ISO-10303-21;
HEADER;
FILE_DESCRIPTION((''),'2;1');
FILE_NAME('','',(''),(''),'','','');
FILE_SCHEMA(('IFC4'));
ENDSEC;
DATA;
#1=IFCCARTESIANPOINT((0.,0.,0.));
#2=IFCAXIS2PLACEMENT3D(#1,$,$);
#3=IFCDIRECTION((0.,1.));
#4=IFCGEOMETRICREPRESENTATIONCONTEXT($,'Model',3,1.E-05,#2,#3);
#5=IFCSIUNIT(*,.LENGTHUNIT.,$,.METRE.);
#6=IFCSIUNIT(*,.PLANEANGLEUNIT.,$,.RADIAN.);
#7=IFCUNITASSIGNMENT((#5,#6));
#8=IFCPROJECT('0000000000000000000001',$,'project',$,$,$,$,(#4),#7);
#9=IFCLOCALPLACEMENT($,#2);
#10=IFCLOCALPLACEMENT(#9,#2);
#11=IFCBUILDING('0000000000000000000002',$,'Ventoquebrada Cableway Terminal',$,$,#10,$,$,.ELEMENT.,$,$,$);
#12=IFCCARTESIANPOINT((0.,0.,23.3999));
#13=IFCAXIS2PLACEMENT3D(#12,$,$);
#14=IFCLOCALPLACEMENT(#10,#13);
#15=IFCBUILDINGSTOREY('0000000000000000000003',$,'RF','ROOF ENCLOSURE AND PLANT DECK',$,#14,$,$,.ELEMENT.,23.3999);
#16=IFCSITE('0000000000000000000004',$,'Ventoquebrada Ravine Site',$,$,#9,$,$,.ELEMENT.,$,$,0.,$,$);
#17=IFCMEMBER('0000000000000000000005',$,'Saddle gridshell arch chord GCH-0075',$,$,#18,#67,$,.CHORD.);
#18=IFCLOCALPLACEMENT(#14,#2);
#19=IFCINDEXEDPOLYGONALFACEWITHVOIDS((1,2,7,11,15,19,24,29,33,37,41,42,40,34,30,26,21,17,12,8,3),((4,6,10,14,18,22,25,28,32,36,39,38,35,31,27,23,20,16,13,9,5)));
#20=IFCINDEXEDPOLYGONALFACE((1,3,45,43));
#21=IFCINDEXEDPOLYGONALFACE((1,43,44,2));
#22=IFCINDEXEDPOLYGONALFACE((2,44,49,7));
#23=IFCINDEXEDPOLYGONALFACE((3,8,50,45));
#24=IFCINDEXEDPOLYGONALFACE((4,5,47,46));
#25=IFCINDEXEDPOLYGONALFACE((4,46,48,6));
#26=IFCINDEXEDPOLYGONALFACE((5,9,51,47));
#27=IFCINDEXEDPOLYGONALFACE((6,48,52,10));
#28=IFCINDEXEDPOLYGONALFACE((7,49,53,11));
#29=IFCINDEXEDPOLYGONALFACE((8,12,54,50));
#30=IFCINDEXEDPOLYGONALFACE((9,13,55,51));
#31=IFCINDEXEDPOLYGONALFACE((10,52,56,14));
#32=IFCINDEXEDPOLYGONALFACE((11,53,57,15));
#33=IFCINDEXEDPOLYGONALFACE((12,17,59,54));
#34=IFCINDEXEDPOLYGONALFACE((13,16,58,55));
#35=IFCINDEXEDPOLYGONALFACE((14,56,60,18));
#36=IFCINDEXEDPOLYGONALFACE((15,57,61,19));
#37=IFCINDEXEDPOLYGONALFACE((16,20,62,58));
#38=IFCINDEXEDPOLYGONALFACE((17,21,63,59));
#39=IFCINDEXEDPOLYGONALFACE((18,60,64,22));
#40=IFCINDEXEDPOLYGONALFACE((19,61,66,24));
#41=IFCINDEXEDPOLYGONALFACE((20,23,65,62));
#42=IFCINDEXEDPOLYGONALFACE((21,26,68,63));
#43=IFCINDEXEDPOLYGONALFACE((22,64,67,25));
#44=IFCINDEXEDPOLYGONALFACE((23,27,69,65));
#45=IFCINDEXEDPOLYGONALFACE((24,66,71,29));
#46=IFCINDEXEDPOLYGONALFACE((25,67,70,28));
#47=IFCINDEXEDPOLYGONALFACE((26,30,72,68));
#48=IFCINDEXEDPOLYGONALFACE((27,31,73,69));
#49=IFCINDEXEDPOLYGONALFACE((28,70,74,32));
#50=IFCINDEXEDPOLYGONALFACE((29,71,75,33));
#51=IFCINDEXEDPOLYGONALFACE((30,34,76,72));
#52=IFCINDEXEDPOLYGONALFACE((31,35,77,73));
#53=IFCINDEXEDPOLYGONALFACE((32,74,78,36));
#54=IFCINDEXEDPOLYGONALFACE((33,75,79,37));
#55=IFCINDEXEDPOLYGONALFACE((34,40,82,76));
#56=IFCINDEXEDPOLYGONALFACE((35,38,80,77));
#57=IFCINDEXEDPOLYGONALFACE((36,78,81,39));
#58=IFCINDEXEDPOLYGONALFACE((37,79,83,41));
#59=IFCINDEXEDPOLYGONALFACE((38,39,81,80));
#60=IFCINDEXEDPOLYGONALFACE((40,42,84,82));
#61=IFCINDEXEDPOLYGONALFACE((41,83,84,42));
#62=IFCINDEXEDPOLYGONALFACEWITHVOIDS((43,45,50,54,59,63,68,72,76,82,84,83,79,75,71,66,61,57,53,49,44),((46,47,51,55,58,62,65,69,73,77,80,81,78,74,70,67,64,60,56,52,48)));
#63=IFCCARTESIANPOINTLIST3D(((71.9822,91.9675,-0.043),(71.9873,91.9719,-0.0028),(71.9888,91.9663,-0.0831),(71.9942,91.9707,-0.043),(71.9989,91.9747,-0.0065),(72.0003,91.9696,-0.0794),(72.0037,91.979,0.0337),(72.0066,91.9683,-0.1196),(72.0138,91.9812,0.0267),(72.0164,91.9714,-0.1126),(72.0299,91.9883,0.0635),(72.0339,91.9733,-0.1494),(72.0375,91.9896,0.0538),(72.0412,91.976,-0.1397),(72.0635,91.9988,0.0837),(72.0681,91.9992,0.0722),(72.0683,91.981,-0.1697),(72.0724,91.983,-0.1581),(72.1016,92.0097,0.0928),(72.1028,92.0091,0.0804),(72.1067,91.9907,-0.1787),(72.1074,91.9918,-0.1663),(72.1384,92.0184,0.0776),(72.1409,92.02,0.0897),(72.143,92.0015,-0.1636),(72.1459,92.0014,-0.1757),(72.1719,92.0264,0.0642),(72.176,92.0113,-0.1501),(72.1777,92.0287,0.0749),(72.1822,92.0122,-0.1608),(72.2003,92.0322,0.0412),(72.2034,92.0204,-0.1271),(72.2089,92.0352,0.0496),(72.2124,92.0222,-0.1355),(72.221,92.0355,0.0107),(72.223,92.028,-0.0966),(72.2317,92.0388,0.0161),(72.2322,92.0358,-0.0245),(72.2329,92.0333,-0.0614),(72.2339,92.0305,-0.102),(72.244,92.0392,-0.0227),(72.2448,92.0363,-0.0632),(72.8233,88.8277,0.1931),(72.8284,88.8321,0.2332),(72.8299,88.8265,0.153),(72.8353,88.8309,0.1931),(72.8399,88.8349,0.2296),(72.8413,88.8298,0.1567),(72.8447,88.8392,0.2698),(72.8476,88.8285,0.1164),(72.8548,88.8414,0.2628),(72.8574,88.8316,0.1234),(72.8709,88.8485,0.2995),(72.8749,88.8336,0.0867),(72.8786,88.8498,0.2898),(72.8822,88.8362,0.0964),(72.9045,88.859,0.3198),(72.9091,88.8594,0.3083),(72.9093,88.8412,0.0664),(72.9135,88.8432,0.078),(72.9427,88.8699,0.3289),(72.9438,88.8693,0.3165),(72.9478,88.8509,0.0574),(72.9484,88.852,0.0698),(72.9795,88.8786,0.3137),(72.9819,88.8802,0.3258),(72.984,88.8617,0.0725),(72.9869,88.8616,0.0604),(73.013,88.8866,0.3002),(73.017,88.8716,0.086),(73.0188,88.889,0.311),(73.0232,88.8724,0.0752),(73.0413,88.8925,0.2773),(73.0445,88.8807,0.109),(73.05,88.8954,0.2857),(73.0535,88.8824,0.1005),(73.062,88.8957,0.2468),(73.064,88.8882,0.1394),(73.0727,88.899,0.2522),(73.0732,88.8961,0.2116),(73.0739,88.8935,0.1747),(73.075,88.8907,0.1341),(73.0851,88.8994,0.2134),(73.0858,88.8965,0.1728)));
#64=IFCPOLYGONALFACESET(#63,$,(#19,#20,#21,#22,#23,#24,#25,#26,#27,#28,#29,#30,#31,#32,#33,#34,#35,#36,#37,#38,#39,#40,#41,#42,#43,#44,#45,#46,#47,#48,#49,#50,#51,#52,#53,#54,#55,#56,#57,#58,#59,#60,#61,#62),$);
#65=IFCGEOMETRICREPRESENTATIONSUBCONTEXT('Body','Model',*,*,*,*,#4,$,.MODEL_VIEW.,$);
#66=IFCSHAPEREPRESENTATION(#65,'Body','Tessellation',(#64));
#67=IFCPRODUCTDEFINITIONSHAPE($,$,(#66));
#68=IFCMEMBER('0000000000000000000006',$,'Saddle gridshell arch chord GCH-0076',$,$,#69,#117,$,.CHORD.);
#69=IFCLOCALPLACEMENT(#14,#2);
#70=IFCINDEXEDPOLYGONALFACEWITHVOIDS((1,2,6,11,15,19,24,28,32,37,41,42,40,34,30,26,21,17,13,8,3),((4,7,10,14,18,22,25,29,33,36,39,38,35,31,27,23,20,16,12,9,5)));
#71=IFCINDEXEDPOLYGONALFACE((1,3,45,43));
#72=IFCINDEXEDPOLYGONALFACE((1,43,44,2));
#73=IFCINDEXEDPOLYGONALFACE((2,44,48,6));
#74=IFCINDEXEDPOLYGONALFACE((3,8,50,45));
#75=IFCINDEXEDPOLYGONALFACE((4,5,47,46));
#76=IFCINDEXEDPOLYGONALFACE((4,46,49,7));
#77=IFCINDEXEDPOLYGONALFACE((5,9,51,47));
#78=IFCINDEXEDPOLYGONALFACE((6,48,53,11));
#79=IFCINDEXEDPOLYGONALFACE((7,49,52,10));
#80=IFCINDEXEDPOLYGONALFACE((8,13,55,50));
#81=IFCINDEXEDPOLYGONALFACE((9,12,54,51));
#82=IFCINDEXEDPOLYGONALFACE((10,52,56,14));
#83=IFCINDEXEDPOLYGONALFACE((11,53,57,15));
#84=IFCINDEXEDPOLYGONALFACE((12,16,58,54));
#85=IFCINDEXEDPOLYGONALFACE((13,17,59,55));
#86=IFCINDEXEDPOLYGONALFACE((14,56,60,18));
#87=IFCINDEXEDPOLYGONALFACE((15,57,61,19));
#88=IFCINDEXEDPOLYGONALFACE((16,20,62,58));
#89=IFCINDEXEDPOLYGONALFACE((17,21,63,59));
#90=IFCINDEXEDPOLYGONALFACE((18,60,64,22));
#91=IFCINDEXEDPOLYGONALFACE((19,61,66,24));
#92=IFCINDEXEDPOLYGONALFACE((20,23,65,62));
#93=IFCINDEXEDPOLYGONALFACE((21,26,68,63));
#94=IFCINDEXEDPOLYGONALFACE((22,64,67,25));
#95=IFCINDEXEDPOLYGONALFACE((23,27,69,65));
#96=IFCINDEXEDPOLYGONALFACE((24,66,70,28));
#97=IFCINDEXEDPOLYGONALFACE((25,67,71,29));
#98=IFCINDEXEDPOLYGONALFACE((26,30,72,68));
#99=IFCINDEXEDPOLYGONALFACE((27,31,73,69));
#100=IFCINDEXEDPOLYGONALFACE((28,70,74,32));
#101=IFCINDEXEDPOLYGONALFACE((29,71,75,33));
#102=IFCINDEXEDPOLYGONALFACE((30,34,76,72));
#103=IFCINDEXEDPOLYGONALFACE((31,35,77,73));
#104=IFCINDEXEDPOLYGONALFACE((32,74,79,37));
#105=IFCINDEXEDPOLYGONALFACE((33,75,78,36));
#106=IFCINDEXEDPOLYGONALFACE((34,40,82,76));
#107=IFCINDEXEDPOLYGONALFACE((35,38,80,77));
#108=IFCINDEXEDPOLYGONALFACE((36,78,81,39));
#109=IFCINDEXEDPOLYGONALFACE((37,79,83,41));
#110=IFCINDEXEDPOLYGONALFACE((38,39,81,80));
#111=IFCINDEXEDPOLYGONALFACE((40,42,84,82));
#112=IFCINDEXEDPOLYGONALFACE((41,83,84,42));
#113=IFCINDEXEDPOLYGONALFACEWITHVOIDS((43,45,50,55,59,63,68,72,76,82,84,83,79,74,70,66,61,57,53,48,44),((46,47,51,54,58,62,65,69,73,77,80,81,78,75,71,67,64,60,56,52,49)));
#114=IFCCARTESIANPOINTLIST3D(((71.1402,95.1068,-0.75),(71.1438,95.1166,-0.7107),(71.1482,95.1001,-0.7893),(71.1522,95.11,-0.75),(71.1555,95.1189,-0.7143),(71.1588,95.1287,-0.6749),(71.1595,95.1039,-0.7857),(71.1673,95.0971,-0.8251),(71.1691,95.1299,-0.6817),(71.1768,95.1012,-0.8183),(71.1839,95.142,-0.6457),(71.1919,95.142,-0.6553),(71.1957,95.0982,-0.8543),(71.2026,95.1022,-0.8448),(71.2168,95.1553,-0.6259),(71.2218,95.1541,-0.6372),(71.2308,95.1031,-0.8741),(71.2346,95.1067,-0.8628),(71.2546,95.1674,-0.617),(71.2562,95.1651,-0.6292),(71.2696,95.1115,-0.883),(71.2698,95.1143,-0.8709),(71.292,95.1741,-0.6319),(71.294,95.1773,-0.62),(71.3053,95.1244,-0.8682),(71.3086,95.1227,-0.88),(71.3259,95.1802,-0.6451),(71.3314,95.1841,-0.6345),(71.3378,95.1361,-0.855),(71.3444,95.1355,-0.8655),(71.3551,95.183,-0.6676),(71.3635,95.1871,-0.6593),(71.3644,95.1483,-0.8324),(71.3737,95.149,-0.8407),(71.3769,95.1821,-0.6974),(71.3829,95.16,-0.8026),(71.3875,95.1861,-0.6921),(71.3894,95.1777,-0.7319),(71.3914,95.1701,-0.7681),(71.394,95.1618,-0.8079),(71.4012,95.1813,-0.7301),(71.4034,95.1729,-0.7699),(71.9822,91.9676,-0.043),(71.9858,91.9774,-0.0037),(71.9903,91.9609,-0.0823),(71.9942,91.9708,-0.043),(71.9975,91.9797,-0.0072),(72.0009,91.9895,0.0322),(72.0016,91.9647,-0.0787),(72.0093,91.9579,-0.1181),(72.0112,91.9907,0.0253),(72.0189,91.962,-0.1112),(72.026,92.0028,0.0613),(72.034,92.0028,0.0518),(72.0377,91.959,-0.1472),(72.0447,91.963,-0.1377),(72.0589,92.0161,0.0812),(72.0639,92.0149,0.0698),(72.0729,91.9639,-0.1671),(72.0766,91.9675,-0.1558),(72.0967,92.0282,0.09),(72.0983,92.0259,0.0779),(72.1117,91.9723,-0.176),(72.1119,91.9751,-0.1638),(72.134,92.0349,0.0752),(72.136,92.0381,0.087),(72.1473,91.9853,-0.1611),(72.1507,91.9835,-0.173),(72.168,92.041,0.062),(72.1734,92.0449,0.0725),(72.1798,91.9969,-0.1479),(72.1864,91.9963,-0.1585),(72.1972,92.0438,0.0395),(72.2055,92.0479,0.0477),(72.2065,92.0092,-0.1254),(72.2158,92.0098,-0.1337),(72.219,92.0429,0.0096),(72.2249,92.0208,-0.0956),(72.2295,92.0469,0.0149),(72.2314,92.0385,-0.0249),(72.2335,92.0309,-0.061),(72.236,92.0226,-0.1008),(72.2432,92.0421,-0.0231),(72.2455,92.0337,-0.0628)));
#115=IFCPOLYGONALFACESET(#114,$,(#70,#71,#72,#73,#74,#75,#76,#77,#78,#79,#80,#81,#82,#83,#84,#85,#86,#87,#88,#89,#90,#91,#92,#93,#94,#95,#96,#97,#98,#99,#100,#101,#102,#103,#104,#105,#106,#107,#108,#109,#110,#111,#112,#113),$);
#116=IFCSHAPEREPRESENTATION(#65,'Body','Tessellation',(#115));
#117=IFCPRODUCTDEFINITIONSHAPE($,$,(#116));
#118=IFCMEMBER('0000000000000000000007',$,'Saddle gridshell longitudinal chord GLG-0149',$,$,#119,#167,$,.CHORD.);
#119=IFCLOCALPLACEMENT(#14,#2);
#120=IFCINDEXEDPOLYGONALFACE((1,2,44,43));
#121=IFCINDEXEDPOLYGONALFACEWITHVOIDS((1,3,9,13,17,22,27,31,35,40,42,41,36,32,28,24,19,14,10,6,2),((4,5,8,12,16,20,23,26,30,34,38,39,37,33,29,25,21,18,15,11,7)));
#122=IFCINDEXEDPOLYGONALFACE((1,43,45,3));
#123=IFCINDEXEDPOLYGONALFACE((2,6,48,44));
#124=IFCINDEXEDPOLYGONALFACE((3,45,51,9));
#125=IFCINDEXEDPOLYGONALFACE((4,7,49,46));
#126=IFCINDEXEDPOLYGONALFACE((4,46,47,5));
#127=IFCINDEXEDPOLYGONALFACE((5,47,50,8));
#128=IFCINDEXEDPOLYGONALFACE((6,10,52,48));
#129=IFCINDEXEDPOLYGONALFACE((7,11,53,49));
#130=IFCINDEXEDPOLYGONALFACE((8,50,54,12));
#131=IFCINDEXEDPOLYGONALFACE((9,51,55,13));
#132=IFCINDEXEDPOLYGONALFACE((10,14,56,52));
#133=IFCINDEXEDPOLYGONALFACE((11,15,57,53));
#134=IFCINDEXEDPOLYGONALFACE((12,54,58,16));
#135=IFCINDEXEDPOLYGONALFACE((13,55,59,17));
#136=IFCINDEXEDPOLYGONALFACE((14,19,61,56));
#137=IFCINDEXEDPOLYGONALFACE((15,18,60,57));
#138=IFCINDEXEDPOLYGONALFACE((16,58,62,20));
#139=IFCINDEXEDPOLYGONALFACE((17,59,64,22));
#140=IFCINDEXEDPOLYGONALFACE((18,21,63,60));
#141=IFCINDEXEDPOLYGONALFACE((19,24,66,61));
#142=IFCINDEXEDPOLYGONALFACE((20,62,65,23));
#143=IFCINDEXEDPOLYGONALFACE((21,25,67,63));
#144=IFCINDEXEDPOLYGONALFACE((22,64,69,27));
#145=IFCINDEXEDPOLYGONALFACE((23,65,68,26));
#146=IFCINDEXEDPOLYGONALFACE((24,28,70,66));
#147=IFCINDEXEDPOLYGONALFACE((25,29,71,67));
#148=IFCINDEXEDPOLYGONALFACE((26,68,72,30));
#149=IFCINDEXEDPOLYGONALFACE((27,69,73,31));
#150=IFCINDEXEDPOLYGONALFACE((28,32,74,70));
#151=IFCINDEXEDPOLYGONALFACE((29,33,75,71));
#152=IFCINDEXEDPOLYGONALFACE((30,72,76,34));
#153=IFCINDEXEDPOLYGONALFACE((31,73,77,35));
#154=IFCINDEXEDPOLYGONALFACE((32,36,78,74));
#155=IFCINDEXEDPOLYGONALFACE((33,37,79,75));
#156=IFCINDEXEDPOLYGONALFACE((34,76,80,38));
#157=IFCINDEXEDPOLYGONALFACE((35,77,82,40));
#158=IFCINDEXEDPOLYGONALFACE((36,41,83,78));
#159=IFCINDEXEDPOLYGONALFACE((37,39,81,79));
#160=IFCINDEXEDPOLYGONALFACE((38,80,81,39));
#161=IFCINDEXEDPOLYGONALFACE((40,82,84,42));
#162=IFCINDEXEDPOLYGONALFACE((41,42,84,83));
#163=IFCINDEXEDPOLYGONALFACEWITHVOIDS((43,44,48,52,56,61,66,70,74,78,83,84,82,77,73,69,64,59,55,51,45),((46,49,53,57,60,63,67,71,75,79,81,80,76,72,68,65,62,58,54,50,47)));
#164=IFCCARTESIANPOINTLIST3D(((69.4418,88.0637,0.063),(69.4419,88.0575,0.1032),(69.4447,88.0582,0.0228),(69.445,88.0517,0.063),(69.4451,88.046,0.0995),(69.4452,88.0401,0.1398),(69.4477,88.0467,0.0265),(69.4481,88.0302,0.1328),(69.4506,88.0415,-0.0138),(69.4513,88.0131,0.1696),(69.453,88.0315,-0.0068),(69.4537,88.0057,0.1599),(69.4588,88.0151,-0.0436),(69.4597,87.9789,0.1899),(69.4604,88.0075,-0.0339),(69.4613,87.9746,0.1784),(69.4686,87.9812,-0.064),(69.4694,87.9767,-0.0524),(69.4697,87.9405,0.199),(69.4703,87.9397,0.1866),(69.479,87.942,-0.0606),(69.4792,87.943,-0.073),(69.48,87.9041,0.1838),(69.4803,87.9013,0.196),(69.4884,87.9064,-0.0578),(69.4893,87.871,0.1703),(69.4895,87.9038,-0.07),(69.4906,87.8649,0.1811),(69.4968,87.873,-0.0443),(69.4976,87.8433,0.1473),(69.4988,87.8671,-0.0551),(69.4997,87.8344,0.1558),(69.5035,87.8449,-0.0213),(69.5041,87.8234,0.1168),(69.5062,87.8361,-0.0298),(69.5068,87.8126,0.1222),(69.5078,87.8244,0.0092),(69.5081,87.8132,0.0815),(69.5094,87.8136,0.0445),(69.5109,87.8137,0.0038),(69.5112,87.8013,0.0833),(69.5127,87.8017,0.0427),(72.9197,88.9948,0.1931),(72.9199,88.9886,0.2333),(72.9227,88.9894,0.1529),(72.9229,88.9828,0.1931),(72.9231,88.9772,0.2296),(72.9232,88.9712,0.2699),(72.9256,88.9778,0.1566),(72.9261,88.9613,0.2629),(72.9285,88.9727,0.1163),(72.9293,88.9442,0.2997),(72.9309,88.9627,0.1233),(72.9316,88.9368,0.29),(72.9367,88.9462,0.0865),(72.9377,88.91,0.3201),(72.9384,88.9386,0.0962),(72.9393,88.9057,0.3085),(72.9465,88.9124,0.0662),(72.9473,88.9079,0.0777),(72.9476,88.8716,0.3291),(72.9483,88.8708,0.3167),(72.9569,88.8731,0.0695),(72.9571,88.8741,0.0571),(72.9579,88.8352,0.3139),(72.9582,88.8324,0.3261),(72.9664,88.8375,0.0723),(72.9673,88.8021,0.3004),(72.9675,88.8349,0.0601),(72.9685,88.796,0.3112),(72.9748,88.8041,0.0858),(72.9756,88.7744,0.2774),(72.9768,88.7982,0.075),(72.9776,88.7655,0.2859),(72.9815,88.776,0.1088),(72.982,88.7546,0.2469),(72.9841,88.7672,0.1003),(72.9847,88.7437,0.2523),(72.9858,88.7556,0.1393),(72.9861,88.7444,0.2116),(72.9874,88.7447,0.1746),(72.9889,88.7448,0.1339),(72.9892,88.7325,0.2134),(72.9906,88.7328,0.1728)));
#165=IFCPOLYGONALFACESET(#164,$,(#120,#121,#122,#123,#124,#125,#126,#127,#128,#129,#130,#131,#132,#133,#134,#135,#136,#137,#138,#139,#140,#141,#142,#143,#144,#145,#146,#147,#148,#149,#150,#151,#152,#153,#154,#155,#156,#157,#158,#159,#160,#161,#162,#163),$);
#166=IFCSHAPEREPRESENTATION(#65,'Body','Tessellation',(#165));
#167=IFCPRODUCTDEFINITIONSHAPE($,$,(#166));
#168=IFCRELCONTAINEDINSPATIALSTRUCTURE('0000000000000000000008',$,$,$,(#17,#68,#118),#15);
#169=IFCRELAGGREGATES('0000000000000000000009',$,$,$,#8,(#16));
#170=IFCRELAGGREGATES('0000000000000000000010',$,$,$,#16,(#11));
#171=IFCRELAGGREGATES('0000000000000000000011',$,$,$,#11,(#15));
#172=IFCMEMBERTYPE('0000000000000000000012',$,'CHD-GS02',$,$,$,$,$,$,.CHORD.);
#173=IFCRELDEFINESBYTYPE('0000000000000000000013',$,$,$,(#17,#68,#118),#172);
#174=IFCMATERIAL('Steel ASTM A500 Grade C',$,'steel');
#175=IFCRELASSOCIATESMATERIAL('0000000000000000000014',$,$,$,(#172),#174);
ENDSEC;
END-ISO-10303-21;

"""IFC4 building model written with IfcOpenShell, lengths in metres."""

from ifc_helpers import new_model, si_unit, direction, frame, origin, origin_2d, place, context, subcontext, project, spatial, hollow_circle, extrude, material, material_profile, profile_set, type_object, element, save


model = new_model("IFC4")

# Units and contexts
model_context = context("Model", 3, precision=1e-05, world=origin(), true_north=direction((0.0, 1.0)))
body_context = subcontext(model_context, "Body", "Model", "MODEL_VIEW")
ifc_project = project(units=[si_unit("LENGTHUNIT", "METRE"), si_unit("PLANEANGLEUNIT", "RADIAN")], contexts=[model_context])

# Site, building, storey
site_placement = place(None, origin())
site = spatial("IfcSite", under=ifc_project, at=site_placement, Name="Ventoquebrada Ravine Site", CompositionType="ELEMENT", RefElevation=0.0)
building_placement = place(site_placement, origin())
building = spatial("IfcBuilding", under=site, at=building_placement, Name="Ventoquebrada Cableway Terminal", CompositionType="ELEMENT")
storey_placement = place(building_placement, frame((0.0, 0.0, 23.3999)))
storey = spatial("IfcBuildingStorey", under=building, at=storey_placement, Name="RF", Description="ROOF ENCLOSURE AND PLANT DECK", CompositionType="ELEMENT", Elevation=23.3999)

# Members
ifc_material_1 = material(Name="Steel ASTM A500 Grade C", Category="steel")
ifc_material_profile_1 = material_profile(ifc_material_1, hollow_circle(Radius=0.1365, WallThickness=0.0125, at=origin_2d()), Name="CHS273.0X12.5")
ifc_profile_set_1 = profile_set([ifc_material_profile_1], Name="Steel ASTM A500 Grade C")
member_type_1 = type_object("IfcMemberType", Name="CHD-GS02", PredefinedType="CHORD", material=ifc_profile_set_1)
member_1_placement = place(storey_placement, frame((72.9551, 88.863, 0.1931), z_axis=(-0.258063, 0.963409, -0.072437), x_axis=(-0.965946, -0.258742, 0.0)))
element("IfcMember", 1, at=member_1_placement, inside=storey, type_object=member_type_1, Name="Saddle gridshell arch chord GCH-0075", PredefinedType="CHORD", context=body_context, shape_type="SweptSolid", body=[
    extrude(hollow_circle(Radius=0.1365, WallThickness=0.0125, at=origin_2d()), origin(), (0.0, 0.0, 1.0), 3.259),
])
member_2_placement = place(storey_placement, frame((72.114, 92.0029, -0.043), z_axis=(-0.253158, 0.943783, -0.212568), x_axis=(-0.965856, -0.259079, 0.0)))
element("IfcMember", 2, at=member_2_placement, inside=storey, type_object=member_type_1, Name="Saddle gridshell arch chord GCH-0076", PredefinedType="CHORD", context=body_context, shape_type="SweptSolid", body=[
    extrude(hollow_circle(Radius=0.1365, WallThickness=0.0125, at=origin_2d()), origin(), (0.0, 0.0, 1.0), 3.3262),
])
member_3_placement = place(storey_placement, frame((69.4771, 87.9319, 0.063), z_axis=(0.96535, 0.258448, 0.036118), x_axis=(-0.258616, 0.96598, 0.0)))
element("IfcMember", 3, at=member_3_placement, inside=storey, type_object=member_type_1, Name="Saddle gridshell longitudinal chord GLG-0149", PredefinedType="CHORD", context=body_context, shape_type="SweptSolid", body=[
    extrude(hollow_circle(Radius=0.1365, WallThickness=0.0125, at=origin_2d()), origin(), (0.0, 0.0, 1.0), 3.6028),
])

save(model, "model.ifc")
